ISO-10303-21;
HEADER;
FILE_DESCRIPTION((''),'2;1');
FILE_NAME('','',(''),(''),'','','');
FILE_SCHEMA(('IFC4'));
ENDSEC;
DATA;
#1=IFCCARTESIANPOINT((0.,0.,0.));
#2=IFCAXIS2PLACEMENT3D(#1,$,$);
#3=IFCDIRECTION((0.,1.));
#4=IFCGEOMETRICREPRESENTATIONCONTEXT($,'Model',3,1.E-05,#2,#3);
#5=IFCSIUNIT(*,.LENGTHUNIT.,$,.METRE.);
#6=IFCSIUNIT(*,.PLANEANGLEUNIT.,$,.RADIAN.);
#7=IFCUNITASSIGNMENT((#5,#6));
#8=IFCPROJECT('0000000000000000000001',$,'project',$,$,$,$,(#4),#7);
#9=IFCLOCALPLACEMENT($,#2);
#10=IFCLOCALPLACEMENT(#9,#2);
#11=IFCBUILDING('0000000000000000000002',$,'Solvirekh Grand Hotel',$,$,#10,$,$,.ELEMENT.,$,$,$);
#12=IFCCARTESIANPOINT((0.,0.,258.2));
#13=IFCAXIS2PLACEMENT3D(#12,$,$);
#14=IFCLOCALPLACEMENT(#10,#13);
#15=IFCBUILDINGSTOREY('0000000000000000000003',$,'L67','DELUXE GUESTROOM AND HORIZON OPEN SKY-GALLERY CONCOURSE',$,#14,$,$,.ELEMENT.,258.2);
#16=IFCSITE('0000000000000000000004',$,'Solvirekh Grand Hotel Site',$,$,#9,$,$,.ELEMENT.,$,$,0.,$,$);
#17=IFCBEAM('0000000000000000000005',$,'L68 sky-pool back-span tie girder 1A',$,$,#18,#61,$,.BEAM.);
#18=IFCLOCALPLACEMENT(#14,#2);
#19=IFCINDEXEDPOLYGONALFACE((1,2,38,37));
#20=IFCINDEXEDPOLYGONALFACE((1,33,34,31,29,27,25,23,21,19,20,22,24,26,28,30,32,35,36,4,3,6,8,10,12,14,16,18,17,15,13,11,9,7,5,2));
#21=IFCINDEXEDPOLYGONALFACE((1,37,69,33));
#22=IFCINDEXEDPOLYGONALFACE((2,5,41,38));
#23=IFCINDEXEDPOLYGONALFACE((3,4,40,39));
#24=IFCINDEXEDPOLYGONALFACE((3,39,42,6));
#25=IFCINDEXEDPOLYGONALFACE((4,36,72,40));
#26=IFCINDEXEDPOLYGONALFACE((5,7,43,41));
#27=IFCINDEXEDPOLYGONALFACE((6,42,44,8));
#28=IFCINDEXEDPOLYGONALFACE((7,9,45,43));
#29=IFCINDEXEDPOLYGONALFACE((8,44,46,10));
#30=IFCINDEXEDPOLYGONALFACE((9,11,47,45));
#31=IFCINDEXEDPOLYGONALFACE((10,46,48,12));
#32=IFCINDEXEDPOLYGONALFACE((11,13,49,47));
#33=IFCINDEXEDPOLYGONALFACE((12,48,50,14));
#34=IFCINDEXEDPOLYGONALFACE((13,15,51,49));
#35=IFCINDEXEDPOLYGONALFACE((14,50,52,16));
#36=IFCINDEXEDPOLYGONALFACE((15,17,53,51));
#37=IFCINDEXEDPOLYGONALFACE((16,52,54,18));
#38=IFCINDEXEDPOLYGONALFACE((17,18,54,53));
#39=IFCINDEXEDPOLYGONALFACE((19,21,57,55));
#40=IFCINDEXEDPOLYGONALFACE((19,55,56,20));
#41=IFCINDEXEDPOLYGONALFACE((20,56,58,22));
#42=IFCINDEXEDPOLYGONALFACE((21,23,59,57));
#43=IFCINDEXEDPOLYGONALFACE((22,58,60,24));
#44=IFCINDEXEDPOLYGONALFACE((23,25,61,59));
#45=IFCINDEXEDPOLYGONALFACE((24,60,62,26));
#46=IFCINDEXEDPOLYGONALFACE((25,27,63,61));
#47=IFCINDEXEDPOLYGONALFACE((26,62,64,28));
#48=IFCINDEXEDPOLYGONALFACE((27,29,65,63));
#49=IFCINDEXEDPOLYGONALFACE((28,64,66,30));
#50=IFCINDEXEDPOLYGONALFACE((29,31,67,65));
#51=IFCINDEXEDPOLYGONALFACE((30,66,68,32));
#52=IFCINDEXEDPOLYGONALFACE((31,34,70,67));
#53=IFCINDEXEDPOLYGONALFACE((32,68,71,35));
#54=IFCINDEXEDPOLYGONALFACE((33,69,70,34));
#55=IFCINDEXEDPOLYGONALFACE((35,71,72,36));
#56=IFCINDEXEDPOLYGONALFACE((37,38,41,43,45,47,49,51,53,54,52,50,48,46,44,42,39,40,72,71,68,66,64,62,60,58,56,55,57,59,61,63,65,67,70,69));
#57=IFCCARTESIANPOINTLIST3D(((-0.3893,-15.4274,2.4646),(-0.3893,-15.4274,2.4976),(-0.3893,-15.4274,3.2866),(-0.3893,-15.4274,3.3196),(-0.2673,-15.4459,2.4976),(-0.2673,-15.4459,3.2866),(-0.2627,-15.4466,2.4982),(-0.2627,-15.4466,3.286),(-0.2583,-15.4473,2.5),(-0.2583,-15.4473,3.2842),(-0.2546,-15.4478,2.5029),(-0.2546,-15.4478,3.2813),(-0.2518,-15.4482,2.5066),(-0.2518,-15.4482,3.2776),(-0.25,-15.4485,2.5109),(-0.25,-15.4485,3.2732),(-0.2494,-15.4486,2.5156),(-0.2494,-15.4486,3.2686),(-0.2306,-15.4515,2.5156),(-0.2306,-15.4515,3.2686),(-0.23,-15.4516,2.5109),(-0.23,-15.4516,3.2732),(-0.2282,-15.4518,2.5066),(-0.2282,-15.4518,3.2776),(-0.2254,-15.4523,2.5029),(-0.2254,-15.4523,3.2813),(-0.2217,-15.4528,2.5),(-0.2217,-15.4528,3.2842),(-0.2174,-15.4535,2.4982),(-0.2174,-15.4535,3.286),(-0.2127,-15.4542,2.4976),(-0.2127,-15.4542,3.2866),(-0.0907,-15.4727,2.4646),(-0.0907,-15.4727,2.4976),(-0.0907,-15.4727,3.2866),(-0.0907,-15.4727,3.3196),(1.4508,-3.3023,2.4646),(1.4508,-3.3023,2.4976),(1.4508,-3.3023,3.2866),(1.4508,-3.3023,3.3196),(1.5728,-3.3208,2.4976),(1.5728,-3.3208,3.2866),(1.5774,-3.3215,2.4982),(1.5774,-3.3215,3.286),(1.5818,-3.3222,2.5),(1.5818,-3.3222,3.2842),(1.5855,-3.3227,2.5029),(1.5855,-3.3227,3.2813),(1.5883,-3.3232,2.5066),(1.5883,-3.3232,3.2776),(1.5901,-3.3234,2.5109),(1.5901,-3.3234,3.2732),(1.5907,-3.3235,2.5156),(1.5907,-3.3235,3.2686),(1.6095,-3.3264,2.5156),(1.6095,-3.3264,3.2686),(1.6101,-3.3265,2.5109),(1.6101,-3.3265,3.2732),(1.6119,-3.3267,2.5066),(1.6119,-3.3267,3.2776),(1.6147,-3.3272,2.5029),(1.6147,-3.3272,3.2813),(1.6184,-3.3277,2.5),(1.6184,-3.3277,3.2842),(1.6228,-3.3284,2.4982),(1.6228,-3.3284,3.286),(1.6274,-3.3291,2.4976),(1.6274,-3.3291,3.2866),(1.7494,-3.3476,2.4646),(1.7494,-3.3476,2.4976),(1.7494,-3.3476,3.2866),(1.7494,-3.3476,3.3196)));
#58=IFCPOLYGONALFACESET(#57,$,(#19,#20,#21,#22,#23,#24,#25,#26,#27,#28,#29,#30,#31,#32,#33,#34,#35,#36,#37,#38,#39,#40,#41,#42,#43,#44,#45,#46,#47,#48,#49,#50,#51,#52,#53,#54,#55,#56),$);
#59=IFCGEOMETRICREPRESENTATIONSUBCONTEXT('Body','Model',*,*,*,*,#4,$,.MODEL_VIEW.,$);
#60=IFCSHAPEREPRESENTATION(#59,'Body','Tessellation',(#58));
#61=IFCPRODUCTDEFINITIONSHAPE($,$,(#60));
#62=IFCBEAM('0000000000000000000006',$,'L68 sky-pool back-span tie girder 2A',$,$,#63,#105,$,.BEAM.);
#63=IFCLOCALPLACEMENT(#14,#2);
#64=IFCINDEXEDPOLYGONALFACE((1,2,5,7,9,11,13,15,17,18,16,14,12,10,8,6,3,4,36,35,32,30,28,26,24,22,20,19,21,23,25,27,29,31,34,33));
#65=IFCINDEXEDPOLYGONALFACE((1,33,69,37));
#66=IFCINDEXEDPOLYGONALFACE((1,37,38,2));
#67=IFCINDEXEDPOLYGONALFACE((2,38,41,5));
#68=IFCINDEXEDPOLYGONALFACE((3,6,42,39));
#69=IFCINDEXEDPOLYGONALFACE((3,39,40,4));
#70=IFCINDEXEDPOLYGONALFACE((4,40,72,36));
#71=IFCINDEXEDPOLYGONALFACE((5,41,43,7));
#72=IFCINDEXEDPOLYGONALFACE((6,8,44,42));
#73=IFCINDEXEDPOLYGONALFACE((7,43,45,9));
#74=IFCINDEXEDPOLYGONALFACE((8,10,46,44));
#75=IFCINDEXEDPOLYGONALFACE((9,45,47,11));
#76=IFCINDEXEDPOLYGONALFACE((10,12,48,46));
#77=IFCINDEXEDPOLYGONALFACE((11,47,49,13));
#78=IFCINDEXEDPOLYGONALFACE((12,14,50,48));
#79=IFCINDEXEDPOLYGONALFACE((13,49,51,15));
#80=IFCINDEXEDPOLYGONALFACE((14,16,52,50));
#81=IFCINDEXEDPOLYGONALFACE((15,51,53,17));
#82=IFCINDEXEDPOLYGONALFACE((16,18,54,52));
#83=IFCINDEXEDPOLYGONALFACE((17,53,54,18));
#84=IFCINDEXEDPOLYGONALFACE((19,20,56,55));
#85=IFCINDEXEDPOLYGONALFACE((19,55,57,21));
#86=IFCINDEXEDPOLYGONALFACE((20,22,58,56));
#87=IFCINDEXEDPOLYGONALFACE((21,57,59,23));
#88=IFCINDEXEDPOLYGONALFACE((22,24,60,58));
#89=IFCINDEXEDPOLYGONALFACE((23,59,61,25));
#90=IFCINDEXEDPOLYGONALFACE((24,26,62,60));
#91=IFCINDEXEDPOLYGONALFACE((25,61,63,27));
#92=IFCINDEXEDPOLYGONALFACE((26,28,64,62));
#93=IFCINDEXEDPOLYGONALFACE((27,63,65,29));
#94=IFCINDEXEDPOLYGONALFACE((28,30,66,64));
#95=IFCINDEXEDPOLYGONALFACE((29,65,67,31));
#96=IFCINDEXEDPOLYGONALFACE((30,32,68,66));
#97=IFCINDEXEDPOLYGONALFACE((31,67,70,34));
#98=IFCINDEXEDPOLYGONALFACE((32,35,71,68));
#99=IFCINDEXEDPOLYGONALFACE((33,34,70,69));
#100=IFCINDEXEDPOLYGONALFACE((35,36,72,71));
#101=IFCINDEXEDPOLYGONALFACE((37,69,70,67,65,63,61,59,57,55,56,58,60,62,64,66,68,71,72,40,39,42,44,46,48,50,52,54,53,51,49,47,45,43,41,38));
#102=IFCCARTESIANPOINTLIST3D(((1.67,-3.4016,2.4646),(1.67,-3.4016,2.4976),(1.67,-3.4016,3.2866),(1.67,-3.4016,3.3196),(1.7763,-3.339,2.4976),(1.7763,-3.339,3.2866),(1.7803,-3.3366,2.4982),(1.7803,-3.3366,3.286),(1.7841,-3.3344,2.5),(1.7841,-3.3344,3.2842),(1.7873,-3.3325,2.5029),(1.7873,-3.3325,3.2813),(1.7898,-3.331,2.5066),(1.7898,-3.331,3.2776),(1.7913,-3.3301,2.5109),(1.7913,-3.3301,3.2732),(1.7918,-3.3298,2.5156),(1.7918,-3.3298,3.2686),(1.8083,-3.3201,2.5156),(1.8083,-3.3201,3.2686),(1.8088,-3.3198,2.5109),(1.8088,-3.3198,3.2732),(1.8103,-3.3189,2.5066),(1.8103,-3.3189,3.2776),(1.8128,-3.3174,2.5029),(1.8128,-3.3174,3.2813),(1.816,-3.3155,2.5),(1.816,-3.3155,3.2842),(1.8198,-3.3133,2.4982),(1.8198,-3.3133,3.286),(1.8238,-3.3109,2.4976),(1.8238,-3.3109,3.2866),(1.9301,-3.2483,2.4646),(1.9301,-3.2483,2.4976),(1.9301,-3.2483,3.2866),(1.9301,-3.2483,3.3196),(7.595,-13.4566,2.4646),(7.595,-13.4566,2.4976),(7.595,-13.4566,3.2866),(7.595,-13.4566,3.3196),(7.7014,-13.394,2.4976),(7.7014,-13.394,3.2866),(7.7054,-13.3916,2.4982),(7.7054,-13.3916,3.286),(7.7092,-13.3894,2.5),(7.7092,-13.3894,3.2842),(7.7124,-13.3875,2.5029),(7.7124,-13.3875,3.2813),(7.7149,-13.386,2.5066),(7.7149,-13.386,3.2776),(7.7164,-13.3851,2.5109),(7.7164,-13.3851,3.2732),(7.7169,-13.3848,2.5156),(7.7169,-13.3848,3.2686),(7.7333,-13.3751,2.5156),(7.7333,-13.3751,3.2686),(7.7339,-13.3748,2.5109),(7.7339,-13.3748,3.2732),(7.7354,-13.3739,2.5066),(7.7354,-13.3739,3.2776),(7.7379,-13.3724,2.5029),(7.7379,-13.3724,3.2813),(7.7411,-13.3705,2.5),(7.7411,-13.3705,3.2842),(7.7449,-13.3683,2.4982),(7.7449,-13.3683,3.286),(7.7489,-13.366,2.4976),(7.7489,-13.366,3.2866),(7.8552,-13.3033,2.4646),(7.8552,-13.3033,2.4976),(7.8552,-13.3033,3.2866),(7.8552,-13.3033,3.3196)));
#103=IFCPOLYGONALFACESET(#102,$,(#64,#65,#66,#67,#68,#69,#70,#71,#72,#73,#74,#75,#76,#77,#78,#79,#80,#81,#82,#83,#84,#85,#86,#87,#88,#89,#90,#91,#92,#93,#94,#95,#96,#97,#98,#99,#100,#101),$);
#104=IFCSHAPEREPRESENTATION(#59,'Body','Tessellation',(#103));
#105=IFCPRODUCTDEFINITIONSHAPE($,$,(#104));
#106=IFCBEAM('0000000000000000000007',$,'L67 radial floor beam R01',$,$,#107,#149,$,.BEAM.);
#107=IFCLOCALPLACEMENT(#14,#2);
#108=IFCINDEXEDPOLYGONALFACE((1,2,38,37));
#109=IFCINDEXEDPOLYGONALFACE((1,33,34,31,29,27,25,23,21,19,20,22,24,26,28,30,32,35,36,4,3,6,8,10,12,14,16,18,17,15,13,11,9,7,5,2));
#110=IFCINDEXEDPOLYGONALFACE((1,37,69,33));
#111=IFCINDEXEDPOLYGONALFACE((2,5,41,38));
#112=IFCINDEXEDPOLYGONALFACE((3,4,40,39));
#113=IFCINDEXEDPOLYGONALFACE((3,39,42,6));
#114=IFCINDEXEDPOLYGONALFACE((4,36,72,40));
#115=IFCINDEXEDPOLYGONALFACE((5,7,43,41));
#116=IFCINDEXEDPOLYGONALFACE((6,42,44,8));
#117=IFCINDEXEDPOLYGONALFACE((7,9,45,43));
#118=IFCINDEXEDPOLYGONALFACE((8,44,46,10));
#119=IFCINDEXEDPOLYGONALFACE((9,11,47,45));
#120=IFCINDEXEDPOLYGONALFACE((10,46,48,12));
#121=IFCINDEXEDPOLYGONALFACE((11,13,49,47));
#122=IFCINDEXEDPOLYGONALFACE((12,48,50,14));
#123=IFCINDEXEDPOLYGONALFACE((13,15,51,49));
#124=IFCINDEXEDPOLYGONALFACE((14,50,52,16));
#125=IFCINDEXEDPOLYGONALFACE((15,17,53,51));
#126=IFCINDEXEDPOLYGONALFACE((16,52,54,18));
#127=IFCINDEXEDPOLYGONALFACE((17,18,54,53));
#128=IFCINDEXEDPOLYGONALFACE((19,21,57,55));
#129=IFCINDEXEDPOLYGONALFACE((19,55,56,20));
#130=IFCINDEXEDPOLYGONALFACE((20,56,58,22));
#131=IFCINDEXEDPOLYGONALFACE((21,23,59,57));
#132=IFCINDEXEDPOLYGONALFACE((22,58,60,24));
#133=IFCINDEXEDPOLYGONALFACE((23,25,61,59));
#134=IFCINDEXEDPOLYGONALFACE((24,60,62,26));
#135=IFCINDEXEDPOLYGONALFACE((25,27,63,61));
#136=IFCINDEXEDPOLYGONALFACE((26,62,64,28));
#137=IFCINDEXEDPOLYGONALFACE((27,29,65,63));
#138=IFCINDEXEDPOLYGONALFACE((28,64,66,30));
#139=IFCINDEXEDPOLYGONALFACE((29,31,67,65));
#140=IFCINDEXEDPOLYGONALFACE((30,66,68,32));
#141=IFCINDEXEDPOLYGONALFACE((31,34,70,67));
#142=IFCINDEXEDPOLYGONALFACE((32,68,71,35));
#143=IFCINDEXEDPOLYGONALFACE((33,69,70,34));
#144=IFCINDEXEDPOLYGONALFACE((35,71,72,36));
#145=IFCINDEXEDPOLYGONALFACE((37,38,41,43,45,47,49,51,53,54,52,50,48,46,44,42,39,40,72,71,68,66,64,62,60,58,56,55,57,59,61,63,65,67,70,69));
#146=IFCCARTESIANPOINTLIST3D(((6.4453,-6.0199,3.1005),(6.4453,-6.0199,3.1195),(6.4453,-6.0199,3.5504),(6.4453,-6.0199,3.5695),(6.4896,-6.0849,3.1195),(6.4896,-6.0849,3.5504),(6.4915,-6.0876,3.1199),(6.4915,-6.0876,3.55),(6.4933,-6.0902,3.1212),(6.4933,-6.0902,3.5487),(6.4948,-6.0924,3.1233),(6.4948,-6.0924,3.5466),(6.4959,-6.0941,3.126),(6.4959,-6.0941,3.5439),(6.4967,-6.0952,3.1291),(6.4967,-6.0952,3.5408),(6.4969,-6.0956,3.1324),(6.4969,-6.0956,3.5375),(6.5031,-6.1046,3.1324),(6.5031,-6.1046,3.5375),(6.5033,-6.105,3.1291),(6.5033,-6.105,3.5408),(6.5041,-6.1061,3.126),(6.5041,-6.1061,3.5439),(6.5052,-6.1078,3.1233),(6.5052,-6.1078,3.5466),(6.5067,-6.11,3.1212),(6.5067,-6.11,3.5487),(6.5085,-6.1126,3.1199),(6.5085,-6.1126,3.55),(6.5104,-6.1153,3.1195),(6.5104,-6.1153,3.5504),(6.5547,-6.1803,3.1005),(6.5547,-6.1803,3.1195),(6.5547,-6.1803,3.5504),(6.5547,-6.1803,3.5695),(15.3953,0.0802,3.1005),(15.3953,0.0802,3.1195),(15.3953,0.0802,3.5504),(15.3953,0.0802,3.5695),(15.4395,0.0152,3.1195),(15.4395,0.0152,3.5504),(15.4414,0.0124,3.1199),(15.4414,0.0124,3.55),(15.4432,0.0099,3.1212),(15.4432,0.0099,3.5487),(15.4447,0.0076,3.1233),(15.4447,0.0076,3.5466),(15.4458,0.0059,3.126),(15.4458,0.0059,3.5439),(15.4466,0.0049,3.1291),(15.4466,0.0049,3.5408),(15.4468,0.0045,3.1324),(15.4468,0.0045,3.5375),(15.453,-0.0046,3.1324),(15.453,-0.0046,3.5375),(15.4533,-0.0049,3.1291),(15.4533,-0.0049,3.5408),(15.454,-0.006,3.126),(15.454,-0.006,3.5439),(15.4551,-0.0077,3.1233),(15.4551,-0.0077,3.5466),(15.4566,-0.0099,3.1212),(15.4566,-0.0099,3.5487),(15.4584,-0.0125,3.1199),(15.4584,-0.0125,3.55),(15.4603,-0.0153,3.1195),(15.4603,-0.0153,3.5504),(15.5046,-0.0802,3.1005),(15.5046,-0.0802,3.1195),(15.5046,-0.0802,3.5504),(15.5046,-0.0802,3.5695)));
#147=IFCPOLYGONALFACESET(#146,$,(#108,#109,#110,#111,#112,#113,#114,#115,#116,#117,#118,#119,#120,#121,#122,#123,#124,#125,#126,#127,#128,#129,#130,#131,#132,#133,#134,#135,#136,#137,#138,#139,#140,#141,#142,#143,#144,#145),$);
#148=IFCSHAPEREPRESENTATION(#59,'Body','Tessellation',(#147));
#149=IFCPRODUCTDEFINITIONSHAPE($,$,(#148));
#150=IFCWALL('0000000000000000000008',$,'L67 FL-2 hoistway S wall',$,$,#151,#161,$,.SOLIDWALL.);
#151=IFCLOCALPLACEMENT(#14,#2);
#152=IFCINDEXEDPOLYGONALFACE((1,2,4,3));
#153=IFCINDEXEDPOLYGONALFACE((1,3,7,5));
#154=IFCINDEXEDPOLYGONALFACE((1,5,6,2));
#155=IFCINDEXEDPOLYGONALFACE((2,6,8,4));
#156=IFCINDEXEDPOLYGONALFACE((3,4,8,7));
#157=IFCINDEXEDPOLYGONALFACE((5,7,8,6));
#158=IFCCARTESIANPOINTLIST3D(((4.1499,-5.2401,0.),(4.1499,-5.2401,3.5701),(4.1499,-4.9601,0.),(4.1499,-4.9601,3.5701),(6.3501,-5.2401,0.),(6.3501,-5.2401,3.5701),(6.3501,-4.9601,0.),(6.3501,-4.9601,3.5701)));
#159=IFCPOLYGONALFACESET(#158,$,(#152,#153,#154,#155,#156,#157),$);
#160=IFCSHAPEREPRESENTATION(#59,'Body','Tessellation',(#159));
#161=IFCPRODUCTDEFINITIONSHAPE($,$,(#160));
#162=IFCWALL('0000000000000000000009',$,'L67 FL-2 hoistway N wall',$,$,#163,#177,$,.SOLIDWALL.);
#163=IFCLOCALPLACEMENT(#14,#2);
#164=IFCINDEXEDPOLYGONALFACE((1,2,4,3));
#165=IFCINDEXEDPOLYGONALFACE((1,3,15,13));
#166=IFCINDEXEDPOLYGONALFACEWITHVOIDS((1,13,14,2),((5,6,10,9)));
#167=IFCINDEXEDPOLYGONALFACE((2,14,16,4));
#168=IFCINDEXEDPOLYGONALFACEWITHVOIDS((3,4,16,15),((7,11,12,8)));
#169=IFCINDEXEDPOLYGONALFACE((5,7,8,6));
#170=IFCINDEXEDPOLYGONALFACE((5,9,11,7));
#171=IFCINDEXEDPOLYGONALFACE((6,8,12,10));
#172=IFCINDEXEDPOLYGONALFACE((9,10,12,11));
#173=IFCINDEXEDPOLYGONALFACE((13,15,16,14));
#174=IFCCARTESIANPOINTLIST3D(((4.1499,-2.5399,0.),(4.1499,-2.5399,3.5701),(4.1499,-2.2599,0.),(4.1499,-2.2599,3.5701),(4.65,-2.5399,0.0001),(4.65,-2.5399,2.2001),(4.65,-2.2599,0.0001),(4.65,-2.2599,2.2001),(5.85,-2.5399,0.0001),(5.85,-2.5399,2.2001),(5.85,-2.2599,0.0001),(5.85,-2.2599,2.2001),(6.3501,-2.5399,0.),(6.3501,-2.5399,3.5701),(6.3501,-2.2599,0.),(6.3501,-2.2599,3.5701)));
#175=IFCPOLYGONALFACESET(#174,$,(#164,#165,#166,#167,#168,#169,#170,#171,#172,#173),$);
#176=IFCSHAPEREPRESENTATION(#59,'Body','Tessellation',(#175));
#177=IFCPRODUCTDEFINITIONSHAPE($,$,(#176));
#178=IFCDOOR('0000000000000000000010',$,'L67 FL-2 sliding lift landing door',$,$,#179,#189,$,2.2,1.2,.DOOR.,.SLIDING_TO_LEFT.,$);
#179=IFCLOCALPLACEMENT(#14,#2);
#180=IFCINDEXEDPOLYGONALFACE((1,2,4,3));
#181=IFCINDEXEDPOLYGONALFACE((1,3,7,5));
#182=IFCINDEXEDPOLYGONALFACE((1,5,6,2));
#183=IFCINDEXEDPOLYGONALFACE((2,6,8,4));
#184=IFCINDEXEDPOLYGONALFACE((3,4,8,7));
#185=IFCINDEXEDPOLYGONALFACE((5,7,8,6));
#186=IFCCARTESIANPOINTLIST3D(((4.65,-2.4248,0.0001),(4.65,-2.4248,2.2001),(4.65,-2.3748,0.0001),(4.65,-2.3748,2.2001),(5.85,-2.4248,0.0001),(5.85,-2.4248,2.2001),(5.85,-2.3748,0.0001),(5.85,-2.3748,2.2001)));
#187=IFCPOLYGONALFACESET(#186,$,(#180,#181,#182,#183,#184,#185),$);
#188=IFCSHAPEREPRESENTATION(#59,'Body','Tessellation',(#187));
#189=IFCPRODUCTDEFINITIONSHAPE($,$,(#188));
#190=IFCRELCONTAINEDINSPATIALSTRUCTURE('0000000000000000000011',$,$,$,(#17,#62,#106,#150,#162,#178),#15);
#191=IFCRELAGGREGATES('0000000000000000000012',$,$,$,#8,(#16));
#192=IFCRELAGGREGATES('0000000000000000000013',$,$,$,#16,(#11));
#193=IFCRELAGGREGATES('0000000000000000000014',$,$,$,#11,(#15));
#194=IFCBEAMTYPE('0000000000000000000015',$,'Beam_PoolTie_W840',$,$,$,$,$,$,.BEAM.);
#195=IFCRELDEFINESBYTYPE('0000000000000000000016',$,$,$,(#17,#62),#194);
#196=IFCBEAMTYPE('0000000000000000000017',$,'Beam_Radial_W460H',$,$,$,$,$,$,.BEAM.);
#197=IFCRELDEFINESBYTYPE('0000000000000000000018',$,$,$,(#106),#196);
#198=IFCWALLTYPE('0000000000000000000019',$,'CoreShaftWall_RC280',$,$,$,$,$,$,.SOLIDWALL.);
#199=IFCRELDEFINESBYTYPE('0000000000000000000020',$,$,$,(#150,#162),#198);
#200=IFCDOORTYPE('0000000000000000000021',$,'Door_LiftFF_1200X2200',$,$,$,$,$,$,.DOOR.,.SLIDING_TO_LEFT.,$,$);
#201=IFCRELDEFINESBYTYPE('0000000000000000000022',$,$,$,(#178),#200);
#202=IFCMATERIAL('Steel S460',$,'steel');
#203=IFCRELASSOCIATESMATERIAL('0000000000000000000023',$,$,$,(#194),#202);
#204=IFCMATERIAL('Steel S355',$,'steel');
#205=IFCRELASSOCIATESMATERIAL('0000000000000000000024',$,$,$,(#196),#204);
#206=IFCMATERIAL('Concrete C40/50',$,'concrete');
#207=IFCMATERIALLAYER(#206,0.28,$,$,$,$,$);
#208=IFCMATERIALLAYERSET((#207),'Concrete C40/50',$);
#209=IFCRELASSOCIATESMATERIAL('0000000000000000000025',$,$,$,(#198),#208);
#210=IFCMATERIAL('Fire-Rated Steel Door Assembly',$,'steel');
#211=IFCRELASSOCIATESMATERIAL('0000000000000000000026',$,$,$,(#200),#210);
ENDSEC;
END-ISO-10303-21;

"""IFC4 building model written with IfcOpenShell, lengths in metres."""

from ifc_helpers import new_model, si_unit, direction, frame, frame_2d, origin, origin_2d, place, context, subcontext, project, spatial, rectangle, i_section, extrude, material, layer, layer_set, material_profile, profile_set, type_object, element, fill, save


model = new_model("IFC4")

# Units and contexts
model_context = context("Model", 3, precision=1e-05, world=origin(), true_north=direction((0.0, 1.0)))
body_context = subcontext(model_context, "Body", "Model", "MODEL_VIEW")
ifc_project = project(units=[si_unit("LENGTHUNIT", "METRE"), si_unit("PLANEANGLEUNIT", "RADIAN")], contexts=[model_context])

# Site, building, storey
site_placement = place(None, origin())
site = spatial("IfcSite", under=ifc_project, at=site_placement, Name="Solvirekh Grand Hotel Site", CompositionType="ELEMENT", RefElevation=0.0)
building_placement = place(site_placement, origin())
building = spatial("IfcBuilding", under=site, at=building_placement, Name="Solvirekh Grand Hotel", CompositionType="ELEMENT")
storey_placement = place(building_placement, frame((0.0, 0.0, 258.2)))
storey = spatial("IfcBuildingStorey", under=building, at=storey_placement, Name="L67", Description="DELUXE GUESTROOM AND HORIZON OPEN SKY-GALLERY CONCOURSE", CompositionType="ELEMENT", Elevation=258.2)

# Beams
ifc_material_1 = material(Name="Steel S460", Category="steel")
ifc_material_profile_1 = material_profile(ifc_material_1, i_section(OverallWidth=0.302, OverallDepth=0.855, WebThickness=0.019, FlangeThickness=0.033, FilletRadius=0.0181, at=origin_2d()), Name="W840X299")
ifc_profile_set_1 = profile_set([ifc_material_profile_1], Name="Steel S460")
beam_type_1 = type_object("IfcBeamType", Name="Beam_PoolTie_W840", PredefinedType="BEAM", material=ifc_profile_set_1)
beam_1_placement = place(storey_placement, frame((1.6001, -3.325, 2.8921), z_axis=(-0.150042, -0.98868, 0.0), x_axis=(0.98868, -0.150042, 0.0)))
element("IfcBeam", 1, at=beam_1_placement, inside=storey, type_object=beam_type_1, Name="L68 sky-pool back-span tie girder 1A", PredefinedType="BEAM", context=body_context, shape_type="SweptSolid", body=[
    extrude(i_section(OverallWidth=0.302, OverallDepth=0.855, WebThickness=0.019, FlangeThickness=0.033, FilletRadius=0.0181, at=origin_2d()), origin(), (0.0, 0.0, 1.0), 12.2639),
])
beam_2_placement = place(storey_placement, frame((1.8, -3.325, 2.8921), z_axis=(0.507681, -0.861545, 0.0), x_axis=(0.861545, 0.507681, 0.0)))
element("IfcBeam", 2, at=beam_2_placement, inside=storey, type_object=beam_type_1, Name="L68 sky-pool back-span tie girder 2A", PredefinedType="BEAM", context=body_context, shape_type="SweptSolid", body=[
    extrude(i_section(OverallWidth=0.302, OverallDepth=0.855, WebThickness=0.019, FlangeThickness=0.033, FilletRadius=0.0181, at=origin_2d()), origin(), (0.0, 0.0, 1.0), 11.6709),
])
ifc_material_2 = material(Name="Steel S355", Category="steel")
ifc_material_profile_2 = material_profile(ifc_material_2, i_section(OverallWidth=0.1941, OverallDepth=0.469, WebThickness=0.011, FlangeThickness=0.019, FilletRadius=0.0129, at=origin_2d()), Name="W460X106")
ifc_profile_set_2 = profile_set([ifc_material_profile_2], Name="Steel S355")
beam_type_2 = type_object("IfcBeamType", Name="Beam_Radial_W460H", PredefinedType="BEAM", material=ifc_profile_set_2)
beam_3_placement = place(storey_placement, frame((6.5, -6.1001, 3.335), z_axis=(0.826319, 0.563202, 0.0), x_axis=(-0.563202, 0.826319, 0.0)))
element("IfcBeam", 3, at=beam_3_placement, inside=storey, type_object=beam_type_2, Name="L67 radial floor beam R01", PredefinedType="BEAM", context=body_context, shape_type="SweptSolid", body=[
    extrude(i_section(OverallWidth=0.1941, OverallDepth=0.469, WebThickness=0.011, FlangeThickness=0.019, FilletRadius=0.0129, at=origin_2d()), origin(), (0.0, 0.0, 1.0), 10.8311),
])

# Wall
ifc_material_3 = material(Name="Concrete C40/50", Category="concrete")
ifc_layer_1 = layer(ifc_material_3, 0.28)
ifc_layer_set_1 = layer_set([ifc_layer_1], Name="Concrete C40/50")
wall_type_1 = type_object("IfcWallType", Name="CoreShaftWall_RC280", PredefinedType="SOLIDWALL", material=ifc_layer_set_1)
wall_1_placement = place(storey_placement, frame((4.1499, -5.1001, 0.0), z_axis=(0.0, 0.0, 1.0), x_axis=(1.0, 0.0, 0.0)))
element("IfcWall", 4, at=wall_1_placement, inside=storey, type_object=wall_type_1, Name="L67 FL-2 hoistway S wall", PredefinedType="SOLIDWALL", context=body_context, shape_type="SweptSolid", body=[
    extrude(rectangle(XDim=2.2002, YDim=0.28, at=frame_2d((1.1001, 0.0))), origin(), (0.0, 0.0, 1.0), 3.5701),
])

# Wall, opening, door
wall_2_placement = place(storey_placement, frame((6.3501, -2.3999, 0.0), z_axis=(0.0, 0.0, 1.0), x_axis=(-1.0, 0.0, 0.0)))
wall_2 = element("IfcWall", 5, at=wall_2_placement, inside=storey, type_object=wall_type_1, Name="L67 FL-2 hoistway N wall", PredefinedType="SOLIDWALL", context=body_context, shape_type="SweptSolid", body=[
    extrude(rectangle(XDim=2.2002, YDim=0.28, at=frame_2d((1.1001, 0.0))), origin(), (0.0, 0.0, 1.0), 3.5701),
])
opening_1_placement = place(wall_2_placement, frame((0.5, 0.0, 0.0)))
opening_1 = element("IfcOpeningElement", 6, at=opening_1_placement, cuts=wall_2, PredefinedType="OPENING", context=body_context, shape_type="SweptSolid", body=[
    extrude(rectangle(XDim=1.2, YDim=2.2, at=frame_2d((0.6001, 1.1001))), frame((0.0, 0.1499, 0.0), z_axis=(0.0, -1.0, 0.0), x_axis=(1.0, 0.0, 0.0)), (0.0, 0.0, 1.0), 0.3),
])
ifc_material_4 = material(Name="Fire-Rated Steel Door Assembly", Category="steel")
door_type_1 = type_object("IfcDoorType", Name="Door_LiftFF_1200X2200", OperationType="SLIDING_TO_LEFT", PredefinedType="DOOR", material=ifc_material_4)
door_1_placement = place(opening_1_placement, origin())
door_1 = element("IfcDoor", 7, at=door_1_placement, inside=storey, type_object=door_type_1, Name="L67 FL-2 sliding lift landing door", OperationType="SLIDING_TO_LEFT", OverallHeight=2.2, OverallWidth=1.2, PredefinedType="DOOR", context=body_context, shape_type="SweptSolid", body=[
    extrude(rectangle(XDim=1.2, YDim=2.2, at=frame_2d((0.6001, 1.1001))), frame((0.0, 0.0249, 0.0), z_axis=(0.0, -1.0, 0.0), x_axis=(1.0, 0.0, 0.0)), (0.0, 0.0, 1.0), 0.05),
])
fill(opening_1, door_1)

save(model, "model.ifc")
